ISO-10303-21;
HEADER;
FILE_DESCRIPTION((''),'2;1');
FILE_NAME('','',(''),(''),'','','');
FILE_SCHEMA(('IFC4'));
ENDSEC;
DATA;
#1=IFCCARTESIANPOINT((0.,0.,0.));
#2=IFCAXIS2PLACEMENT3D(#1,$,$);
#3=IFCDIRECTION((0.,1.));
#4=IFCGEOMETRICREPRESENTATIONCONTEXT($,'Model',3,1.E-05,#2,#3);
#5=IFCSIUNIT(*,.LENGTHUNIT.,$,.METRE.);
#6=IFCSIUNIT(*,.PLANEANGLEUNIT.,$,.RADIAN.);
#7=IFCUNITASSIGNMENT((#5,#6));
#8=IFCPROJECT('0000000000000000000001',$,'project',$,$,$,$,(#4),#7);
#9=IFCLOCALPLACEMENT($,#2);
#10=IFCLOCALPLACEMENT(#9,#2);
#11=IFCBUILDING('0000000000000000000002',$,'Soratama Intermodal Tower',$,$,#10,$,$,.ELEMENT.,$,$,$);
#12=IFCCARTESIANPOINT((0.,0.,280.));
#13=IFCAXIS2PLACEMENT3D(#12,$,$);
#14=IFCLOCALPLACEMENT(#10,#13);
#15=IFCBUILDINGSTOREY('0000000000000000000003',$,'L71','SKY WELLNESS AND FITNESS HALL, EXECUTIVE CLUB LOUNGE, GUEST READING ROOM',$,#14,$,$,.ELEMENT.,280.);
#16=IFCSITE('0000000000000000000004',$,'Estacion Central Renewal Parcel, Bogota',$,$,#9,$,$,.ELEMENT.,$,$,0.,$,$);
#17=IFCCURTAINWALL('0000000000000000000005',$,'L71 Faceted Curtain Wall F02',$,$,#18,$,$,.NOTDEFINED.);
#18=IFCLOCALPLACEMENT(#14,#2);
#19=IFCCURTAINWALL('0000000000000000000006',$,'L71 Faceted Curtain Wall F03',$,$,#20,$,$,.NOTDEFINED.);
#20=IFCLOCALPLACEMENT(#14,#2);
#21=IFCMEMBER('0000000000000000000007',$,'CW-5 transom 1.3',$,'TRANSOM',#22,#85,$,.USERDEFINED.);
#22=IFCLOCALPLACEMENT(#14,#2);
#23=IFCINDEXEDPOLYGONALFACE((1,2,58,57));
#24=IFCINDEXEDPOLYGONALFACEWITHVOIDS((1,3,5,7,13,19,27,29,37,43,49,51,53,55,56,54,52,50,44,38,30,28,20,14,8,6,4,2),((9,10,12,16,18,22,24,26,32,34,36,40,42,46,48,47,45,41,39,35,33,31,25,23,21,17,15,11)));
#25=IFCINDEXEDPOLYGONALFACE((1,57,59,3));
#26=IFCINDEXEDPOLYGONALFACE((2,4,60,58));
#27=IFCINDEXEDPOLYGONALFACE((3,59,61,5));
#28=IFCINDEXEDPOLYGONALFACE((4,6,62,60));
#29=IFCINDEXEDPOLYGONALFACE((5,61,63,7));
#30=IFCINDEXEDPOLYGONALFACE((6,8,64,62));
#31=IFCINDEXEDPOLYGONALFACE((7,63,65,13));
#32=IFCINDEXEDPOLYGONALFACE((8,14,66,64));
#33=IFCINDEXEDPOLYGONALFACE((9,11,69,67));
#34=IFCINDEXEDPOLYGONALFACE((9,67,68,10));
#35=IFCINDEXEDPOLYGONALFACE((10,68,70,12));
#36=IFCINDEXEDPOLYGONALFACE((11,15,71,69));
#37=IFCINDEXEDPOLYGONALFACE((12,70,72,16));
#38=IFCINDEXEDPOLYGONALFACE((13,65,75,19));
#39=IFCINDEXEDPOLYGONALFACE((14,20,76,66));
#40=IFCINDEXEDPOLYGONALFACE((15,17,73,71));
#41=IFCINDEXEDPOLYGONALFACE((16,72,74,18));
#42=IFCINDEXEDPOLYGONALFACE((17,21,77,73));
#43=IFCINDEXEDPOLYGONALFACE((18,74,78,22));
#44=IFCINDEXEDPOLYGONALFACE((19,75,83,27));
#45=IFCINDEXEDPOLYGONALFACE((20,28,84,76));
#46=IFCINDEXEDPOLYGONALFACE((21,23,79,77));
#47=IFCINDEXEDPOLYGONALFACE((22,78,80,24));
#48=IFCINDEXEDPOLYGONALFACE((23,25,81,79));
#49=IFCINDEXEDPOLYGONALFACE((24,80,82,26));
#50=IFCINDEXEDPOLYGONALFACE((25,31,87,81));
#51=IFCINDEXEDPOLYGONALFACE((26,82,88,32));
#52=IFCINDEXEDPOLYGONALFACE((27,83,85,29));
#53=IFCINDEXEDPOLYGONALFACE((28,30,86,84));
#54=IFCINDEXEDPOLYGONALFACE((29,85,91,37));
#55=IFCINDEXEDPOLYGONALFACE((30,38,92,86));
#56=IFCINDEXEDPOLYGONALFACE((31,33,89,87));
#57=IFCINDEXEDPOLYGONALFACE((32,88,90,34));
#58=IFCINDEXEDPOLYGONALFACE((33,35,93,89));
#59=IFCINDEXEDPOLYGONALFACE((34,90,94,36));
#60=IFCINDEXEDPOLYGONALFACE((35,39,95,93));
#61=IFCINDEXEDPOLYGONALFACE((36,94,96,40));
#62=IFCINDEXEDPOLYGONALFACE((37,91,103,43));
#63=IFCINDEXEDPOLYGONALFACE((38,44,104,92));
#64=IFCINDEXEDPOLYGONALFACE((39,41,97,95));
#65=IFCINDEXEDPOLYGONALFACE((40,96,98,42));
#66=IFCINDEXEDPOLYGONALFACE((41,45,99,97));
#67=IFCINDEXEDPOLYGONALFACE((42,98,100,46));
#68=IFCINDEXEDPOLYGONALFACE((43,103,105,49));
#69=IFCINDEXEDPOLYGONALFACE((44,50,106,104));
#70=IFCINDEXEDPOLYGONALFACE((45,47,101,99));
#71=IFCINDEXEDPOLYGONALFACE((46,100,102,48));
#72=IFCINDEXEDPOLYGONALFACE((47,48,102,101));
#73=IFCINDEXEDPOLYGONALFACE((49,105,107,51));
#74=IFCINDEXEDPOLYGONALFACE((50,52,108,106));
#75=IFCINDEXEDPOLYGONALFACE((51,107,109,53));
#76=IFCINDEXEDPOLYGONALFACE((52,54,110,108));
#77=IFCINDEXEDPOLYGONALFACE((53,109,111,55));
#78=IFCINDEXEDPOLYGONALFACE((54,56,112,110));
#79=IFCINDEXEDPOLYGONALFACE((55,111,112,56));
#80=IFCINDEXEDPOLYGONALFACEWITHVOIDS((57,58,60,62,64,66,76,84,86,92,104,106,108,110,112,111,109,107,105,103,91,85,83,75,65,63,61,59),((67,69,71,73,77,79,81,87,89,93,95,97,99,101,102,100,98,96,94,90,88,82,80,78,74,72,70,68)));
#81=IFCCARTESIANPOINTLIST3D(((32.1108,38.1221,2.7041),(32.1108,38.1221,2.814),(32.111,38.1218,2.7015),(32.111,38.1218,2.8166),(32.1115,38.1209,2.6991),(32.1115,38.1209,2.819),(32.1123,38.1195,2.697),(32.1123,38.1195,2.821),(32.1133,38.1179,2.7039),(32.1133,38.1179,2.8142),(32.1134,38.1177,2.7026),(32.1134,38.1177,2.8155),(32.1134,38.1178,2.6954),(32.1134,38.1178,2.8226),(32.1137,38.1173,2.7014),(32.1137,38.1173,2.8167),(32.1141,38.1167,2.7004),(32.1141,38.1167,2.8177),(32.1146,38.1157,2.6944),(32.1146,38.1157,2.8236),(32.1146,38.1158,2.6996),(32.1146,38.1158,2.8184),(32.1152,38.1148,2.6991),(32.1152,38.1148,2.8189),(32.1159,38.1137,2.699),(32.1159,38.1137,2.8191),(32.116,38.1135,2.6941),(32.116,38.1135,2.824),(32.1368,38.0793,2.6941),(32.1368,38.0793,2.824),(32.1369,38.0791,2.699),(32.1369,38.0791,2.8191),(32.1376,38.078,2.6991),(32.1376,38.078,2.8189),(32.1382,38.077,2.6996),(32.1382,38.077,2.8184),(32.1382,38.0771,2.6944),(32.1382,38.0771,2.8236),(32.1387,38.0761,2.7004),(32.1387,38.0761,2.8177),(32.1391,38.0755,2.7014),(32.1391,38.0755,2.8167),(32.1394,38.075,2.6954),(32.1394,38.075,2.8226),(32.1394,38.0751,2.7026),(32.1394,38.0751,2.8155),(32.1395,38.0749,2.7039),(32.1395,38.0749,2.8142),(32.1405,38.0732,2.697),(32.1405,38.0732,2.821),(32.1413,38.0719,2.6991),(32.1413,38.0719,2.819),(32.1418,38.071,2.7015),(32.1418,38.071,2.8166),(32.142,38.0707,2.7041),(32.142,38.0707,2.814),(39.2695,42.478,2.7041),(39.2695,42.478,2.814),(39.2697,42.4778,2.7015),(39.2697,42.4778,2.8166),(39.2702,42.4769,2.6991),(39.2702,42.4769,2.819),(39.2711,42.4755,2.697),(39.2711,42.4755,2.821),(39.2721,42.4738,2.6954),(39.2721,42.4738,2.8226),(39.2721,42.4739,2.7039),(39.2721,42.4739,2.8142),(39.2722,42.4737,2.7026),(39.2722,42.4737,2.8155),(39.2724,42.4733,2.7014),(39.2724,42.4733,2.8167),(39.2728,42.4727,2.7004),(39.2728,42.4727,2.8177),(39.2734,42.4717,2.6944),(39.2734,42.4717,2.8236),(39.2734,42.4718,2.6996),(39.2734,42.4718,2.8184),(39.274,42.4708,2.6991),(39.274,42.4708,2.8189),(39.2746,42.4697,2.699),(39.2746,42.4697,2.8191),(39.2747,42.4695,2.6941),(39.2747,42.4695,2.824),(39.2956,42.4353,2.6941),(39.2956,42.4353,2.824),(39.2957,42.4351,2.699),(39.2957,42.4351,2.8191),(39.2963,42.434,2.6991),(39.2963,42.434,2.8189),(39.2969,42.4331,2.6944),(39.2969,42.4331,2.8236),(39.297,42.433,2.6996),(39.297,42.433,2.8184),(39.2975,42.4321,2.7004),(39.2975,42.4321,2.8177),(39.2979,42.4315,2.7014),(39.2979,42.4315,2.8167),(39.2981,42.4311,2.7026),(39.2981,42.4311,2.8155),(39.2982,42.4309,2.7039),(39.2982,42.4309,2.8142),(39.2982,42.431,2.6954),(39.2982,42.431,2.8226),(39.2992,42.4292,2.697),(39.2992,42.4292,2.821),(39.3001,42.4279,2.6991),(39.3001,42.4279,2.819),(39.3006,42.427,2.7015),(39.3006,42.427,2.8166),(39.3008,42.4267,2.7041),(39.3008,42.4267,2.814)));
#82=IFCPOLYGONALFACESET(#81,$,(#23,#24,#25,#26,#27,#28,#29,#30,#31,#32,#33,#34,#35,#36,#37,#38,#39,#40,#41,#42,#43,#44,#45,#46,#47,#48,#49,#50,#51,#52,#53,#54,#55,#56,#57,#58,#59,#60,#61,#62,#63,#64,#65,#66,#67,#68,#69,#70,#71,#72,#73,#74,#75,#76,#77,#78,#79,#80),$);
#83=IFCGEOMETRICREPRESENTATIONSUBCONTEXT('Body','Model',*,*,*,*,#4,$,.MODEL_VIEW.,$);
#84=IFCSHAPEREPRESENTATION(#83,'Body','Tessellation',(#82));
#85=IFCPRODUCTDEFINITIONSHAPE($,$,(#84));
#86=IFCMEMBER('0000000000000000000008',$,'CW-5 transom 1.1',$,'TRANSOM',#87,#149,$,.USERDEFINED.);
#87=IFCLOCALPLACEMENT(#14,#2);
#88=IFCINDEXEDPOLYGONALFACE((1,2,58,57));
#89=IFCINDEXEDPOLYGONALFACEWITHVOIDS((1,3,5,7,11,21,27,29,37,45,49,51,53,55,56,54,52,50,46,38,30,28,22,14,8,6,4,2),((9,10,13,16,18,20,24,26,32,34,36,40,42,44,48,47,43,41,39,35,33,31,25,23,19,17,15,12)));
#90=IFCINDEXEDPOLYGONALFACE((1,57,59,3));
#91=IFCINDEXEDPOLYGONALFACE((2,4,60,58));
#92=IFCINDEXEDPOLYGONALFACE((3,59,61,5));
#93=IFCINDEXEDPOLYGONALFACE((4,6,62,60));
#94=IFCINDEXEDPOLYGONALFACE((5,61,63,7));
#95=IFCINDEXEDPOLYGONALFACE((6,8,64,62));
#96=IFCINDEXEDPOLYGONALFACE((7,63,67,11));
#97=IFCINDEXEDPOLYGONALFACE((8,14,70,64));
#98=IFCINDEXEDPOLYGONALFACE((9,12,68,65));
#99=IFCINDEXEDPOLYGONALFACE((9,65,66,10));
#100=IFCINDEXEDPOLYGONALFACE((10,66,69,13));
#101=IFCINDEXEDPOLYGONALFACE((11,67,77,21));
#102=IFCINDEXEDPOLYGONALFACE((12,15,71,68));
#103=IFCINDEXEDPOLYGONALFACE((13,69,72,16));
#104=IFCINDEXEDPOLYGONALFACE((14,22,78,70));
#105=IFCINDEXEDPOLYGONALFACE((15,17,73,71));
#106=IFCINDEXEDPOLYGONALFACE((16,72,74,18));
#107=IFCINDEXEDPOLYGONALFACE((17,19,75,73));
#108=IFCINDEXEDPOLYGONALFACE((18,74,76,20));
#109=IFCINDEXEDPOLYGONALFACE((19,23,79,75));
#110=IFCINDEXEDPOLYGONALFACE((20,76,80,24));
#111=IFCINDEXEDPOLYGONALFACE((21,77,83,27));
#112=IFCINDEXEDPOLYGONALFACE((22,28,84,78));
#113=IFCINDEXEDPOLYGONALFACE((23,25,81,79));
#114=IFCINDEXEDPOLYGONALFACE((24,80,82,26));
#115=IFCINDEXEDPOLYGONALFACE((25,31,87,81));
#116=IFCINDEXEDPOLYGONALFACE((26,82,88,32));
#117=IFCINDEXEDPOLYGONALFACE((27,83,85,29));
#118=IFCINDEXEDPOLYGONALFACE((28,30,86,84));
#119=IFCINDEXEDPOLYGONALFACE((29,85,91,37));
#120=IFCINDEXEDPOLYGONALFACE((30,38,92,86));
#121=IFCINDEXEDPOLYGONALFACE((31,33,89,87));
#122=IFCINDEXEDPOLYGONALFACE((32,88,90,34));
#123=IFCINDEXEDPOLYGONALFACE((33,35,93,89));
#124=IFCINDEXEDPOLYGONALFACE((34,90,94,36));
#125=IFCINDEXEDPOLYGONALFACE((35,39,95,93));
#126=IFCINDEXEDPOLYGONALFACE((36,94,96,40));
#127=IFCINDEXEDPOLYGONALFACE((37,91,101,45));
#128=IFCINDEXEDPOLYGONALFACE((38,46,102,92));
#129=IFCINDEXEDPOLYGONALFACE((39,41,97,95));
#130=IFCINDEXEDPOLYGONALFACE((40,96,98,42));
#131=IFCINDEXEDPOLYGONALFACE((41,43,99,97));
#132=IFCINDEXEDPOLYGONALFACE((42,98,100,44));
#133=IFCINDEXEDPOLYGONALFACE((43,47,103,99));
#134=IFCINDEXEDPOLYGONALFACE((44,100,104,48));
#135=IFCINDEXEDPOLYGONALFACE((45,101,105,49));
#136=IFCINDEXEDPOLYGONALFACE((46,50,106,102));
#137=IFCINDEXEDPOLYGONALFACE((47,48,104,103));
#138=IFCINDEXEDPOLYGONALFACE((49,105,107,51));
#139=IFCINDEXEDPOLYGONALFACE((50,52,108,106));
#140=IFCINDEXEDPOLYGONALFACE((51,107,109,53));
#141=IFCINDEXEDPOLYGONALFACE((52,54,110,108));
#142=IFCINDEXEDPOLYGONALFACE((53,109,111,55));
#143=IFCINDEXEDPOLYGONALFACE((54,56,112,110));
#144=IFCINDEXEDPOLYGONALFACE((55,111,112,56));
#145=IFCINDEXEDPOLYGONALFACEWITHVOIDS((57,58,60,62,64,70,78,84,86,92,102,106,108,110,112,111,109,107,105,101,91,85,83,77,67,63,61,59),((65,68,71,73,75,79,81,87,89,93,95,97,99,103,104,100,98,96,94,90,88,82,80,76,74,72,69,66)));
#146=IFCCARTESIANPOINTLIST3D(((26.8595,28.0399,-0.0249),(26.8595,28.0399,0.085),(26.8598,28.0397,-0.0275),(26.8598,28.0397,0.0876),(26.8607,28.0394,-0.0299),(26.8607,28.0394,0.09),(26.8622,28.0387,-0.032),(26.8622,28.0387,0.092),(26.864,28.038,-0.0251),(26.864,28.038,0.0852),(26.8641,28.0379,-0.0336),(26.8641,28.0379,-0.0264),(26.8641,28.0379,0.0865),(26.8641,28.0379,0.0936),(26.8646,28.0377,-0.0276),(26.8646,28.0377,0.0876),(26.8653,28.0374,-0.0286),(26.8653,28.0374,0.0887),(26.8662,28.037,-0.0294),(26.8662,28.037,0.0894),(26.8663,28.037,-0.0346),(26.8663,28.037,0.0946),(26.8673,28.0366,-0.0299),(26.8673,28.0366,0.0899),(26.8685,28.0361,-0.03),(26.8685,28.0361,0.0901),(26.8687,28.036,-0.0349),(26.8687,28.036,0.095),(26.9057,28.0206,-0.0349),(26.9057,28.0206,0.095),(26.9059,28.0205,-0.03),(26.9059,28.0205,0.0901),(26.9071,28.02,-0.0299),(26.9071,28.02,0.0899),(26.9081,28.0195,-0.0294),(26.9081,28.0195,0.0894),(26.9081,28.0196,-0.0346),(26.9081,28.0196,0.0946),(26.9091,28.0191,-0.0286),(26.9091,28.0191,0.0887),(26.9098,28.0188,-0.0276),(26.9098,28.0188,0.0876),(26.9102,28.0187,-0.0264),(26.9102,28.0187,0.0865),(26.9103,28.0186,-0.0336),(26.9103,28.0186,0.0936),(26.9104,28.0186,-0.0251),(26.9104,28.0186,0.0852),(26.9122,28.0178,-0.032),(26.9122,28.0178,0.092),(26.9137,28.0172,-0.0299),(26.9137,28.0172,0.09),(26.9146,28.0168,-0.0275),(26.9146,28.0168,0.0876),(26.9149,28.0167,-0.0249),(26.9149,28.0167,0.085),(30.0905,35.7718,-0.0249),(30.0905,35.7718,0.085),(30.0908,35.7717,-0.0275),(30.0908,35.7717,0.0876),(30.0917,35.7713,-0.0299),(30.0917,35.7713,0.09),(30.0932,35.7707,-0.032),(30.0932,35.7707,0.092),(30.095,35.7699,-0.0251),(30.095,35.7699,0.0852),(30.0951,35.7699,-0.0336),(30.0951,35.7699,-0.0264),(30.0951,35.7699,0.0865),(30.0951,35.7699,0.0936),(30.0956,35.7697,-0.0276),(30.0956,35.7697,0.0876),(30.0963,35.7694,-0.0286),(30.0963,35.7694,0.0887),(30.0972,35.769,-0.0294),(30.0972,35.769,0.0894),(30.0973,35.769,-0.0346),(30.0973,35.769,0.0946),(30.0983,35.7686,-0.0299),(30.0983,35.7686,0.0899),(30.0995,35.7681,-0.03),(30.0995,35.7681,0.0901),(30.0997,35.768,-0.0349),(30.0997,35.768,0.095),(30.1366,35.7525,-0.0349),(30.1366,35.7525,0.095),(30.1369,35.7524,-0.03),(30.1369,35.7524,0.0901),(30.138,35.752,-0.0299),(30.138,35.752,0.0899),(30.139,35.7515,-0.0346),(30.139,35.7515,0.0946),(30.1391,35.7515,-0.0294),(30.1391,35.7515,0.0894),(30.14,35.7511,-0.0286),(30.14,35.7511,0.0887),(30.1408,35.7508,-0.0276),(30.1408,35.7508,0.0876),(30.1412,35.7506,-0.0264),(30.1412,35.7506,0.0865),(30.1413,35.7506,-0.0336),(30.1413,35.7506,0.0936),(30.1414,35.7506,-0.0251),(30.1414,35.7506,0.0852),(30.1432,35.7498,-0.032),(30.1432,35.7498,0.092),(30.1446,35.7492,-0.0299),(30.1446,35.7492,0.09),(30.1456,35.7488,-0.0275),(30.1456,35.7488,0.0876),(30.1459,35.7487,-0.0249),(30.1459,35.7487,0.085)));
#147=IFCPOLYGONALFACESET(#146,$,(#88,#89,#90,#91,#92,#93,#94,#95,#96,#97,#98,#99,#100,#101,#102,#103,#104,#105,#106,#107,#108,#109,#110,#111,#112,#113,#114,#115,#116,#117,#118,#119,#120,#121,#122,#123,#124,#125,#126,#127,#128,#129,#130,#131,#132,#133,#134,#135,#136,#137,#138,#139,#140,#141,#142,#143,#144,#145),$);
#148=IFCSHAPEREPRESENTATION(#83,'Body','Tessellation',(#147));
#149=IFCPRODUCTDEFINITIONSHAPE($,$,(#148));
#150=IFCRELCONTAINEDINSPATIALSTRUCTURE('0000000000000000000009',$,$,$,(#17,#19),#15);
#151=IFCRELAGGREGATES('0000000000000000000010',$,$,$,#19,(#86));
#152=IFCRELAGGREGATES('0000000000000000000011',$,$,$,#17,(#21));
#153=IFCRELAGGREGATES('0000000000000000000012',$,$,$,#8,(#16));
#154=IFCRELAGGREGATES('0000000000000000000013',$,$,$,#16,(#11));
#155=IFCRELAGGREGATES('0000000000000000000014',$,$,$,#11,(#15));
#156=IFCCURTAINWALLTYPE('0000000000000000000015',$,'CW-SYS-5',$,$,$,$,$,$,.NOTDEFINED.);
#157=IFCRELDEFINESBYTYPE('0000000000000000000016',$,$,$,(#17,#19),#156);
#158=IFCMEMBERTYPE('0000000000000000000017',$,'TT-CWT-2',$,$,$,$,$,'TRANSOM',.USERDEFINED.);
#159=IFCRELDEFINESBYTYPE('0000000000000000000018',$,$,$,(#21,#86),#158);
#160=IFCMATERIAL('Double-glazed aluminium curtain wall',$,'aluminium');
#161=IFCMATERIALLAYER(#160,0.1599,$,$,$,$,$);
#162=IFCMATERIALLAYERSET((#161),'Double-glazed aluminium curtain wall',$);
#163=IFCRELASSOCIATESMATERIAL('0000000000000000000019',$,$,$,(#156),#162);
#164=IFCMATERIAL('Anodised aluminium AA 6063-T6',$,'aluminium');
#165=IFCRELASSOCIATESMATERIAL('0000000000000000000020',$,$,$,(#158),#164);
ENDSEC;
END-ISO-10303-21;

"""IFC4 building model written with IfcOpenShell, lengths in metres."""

from ifc_helpers import new_model, si_unit, direction, frame, origin, origin_2d, place, context, subcontext, project, spatial, hollow_rectangle, extrude, material, layer, layer_set, material_profile, profile_set, type_object, element, aggregate, save


model = new_model("IFC4")

# Units and contexts
model_context = context("Model", 3, precision=1e-05, world=origin(), true_north=direction((0.0, 1.0)))
body_context = subcontext(model_context, "Body", "Model", "MODEL_VIEW")
ifc_project = project(units=[si_unit("LENGTHUNIT", "METRE"), si_unit("PLANEANGLEUNIT", "RADIAN")], contexts=[model_context])

# Site, building, storey
site_placement = place(None, origin())
site = spatial("IfcSite", under=ifc_project, at=site_placement, Name="Estacion Central Renewal Parcel, Bogota", CompositionType="ELEMENT", RefElevation=0.0)
building_placement = place(site_placement, origin())
building = spatial("IfcBuilding", under=site, at=building_placement, Name="Soratama Intermodal Tower", CompositionType="ELEMENT")
storey_placement = place(building_placement, frame((0.0, 0.0, 280.0)))
storey = spatial("IfcBuildingStorey", under=building, at=storey_placement, Name="L71", Description="SKY WELLNESS AND FITNESS HALL, EXECUTIVE CLUB LOUNGE, GUEST READING ROOM", CompositionType="ELEMENT", Elevation=280.0)

# Curtain wall
ifc_material_1 = material(Name="Double-glazed aluminium curtain wall", Category="aluminium")
ifc_layer_1 = layer(ifc_material_1, 0.1599)
ifc_layer_set_1 = layer_set([ifc_layer_1], Name="Double-glazed aluminium curtain wall")
curtain_wall_type = type_object("IfcCurtainWallType", Name="CW-SYS-5", PredefinedType="NOTDEFINED", material=ifc_layer_set_1)
curtain_wall_1_placement = place(storey_placement, origin())
curtain_wall_1 = element("IfcCurtainWall", 1, at=curtain_wall_1_placement, inside=storey, type_object=curtain_wall_type, Name="L71 Faceted Curtain Wall F02", PredefinedType="NOTDEFINED")

# Curtain wall
curtain_wall_2_placement = place(storey_placement, origin())
curtain_wall_2 = element("IfcCurtainWall", 2, at=curtain_wall_2_placement, inside=storey, type_object=curtain_wall_type, Name="L71 Faceted Curtain Wall F03", PredefinedType="NOTDEFINED")

# Members
ifc_material_2 = material(Name="Anodised aluminium AA 6063-T6", Category="aluminium")
ifc_material_profile_1 = material_profile(ifc_material_2, hollow_rectangle(XDim=0.0601, YDim=0.1299, WallThickness=0.0049, InnerFilletRadius=0.0049, OuterFilletRadius=0.01, at=origin_2d()), Name="CWT130X60X5")
ifc_profile_set_1 = profile_set([ifc_material_profile_1], Name="Anodised aluminium AA 6063-T6")
member_type_1 = type_object("IfcMemberType", Name="TT-CWT-2", ElementType="TRANSOM", PredefinedType="USERDEFINED", material=ifc_profile_set_1)
member_1_placement = place(storey_placement, frame((39.2852, 42.4524, 2.759), z_axis=(-0.854278, -0.519816, 0.0), x_axis=(0.519816, -0.854278, 0.0)))
member_1 = element("IfcMember", 3, at=member_1_placement, type_object=member_type_1, Name="CW-5 transom 1.3", ObjectType="TRANSOM", PredefinedType="USERDEFINED", context=body_context, shape_type="SweptSolid", body=[
    extrude(hollow_rectangle(XDim=0.0601, YDim=0.1299, WallThickness=0.0049, InnerFilletRadius=0.0049, OuterFilletRadius=0.01, at=origin_2d()), origin(), (0.0, 0.0, 1.0), 8.3799),
])
member_2_placement = place(storey_placement, frame((30.1182, 35.7603, 0.03), z_axis=(-0.385563, -0.922682, 0.0), x_axis=(0.922682, -0.385563, 0.0)))
member_2 = element("IfcMember", 4, at=member_2_placement, type_object=member_type_1, Name="CW-5 transom 1.1", ObjectType="TRANSOM", PredefinedType="USERDEFINED", context=body_context, shape_type="SweptSolid", body=[
    extrude(hollow_rectangle(XDim=0.0601, YDim=0.1299, WallThickness=0.0049, InnerFilletRadius=0.0049, OuterFilletRadius=0.01, at=origin_2d()), origin(), (0.0, 0.0, 1.0), 8.3799),
])
aggregate(curtain_wall_2, [member_2])

aggregate(curtain_wall_1, [member_1])

save(model, "model.ifc")
